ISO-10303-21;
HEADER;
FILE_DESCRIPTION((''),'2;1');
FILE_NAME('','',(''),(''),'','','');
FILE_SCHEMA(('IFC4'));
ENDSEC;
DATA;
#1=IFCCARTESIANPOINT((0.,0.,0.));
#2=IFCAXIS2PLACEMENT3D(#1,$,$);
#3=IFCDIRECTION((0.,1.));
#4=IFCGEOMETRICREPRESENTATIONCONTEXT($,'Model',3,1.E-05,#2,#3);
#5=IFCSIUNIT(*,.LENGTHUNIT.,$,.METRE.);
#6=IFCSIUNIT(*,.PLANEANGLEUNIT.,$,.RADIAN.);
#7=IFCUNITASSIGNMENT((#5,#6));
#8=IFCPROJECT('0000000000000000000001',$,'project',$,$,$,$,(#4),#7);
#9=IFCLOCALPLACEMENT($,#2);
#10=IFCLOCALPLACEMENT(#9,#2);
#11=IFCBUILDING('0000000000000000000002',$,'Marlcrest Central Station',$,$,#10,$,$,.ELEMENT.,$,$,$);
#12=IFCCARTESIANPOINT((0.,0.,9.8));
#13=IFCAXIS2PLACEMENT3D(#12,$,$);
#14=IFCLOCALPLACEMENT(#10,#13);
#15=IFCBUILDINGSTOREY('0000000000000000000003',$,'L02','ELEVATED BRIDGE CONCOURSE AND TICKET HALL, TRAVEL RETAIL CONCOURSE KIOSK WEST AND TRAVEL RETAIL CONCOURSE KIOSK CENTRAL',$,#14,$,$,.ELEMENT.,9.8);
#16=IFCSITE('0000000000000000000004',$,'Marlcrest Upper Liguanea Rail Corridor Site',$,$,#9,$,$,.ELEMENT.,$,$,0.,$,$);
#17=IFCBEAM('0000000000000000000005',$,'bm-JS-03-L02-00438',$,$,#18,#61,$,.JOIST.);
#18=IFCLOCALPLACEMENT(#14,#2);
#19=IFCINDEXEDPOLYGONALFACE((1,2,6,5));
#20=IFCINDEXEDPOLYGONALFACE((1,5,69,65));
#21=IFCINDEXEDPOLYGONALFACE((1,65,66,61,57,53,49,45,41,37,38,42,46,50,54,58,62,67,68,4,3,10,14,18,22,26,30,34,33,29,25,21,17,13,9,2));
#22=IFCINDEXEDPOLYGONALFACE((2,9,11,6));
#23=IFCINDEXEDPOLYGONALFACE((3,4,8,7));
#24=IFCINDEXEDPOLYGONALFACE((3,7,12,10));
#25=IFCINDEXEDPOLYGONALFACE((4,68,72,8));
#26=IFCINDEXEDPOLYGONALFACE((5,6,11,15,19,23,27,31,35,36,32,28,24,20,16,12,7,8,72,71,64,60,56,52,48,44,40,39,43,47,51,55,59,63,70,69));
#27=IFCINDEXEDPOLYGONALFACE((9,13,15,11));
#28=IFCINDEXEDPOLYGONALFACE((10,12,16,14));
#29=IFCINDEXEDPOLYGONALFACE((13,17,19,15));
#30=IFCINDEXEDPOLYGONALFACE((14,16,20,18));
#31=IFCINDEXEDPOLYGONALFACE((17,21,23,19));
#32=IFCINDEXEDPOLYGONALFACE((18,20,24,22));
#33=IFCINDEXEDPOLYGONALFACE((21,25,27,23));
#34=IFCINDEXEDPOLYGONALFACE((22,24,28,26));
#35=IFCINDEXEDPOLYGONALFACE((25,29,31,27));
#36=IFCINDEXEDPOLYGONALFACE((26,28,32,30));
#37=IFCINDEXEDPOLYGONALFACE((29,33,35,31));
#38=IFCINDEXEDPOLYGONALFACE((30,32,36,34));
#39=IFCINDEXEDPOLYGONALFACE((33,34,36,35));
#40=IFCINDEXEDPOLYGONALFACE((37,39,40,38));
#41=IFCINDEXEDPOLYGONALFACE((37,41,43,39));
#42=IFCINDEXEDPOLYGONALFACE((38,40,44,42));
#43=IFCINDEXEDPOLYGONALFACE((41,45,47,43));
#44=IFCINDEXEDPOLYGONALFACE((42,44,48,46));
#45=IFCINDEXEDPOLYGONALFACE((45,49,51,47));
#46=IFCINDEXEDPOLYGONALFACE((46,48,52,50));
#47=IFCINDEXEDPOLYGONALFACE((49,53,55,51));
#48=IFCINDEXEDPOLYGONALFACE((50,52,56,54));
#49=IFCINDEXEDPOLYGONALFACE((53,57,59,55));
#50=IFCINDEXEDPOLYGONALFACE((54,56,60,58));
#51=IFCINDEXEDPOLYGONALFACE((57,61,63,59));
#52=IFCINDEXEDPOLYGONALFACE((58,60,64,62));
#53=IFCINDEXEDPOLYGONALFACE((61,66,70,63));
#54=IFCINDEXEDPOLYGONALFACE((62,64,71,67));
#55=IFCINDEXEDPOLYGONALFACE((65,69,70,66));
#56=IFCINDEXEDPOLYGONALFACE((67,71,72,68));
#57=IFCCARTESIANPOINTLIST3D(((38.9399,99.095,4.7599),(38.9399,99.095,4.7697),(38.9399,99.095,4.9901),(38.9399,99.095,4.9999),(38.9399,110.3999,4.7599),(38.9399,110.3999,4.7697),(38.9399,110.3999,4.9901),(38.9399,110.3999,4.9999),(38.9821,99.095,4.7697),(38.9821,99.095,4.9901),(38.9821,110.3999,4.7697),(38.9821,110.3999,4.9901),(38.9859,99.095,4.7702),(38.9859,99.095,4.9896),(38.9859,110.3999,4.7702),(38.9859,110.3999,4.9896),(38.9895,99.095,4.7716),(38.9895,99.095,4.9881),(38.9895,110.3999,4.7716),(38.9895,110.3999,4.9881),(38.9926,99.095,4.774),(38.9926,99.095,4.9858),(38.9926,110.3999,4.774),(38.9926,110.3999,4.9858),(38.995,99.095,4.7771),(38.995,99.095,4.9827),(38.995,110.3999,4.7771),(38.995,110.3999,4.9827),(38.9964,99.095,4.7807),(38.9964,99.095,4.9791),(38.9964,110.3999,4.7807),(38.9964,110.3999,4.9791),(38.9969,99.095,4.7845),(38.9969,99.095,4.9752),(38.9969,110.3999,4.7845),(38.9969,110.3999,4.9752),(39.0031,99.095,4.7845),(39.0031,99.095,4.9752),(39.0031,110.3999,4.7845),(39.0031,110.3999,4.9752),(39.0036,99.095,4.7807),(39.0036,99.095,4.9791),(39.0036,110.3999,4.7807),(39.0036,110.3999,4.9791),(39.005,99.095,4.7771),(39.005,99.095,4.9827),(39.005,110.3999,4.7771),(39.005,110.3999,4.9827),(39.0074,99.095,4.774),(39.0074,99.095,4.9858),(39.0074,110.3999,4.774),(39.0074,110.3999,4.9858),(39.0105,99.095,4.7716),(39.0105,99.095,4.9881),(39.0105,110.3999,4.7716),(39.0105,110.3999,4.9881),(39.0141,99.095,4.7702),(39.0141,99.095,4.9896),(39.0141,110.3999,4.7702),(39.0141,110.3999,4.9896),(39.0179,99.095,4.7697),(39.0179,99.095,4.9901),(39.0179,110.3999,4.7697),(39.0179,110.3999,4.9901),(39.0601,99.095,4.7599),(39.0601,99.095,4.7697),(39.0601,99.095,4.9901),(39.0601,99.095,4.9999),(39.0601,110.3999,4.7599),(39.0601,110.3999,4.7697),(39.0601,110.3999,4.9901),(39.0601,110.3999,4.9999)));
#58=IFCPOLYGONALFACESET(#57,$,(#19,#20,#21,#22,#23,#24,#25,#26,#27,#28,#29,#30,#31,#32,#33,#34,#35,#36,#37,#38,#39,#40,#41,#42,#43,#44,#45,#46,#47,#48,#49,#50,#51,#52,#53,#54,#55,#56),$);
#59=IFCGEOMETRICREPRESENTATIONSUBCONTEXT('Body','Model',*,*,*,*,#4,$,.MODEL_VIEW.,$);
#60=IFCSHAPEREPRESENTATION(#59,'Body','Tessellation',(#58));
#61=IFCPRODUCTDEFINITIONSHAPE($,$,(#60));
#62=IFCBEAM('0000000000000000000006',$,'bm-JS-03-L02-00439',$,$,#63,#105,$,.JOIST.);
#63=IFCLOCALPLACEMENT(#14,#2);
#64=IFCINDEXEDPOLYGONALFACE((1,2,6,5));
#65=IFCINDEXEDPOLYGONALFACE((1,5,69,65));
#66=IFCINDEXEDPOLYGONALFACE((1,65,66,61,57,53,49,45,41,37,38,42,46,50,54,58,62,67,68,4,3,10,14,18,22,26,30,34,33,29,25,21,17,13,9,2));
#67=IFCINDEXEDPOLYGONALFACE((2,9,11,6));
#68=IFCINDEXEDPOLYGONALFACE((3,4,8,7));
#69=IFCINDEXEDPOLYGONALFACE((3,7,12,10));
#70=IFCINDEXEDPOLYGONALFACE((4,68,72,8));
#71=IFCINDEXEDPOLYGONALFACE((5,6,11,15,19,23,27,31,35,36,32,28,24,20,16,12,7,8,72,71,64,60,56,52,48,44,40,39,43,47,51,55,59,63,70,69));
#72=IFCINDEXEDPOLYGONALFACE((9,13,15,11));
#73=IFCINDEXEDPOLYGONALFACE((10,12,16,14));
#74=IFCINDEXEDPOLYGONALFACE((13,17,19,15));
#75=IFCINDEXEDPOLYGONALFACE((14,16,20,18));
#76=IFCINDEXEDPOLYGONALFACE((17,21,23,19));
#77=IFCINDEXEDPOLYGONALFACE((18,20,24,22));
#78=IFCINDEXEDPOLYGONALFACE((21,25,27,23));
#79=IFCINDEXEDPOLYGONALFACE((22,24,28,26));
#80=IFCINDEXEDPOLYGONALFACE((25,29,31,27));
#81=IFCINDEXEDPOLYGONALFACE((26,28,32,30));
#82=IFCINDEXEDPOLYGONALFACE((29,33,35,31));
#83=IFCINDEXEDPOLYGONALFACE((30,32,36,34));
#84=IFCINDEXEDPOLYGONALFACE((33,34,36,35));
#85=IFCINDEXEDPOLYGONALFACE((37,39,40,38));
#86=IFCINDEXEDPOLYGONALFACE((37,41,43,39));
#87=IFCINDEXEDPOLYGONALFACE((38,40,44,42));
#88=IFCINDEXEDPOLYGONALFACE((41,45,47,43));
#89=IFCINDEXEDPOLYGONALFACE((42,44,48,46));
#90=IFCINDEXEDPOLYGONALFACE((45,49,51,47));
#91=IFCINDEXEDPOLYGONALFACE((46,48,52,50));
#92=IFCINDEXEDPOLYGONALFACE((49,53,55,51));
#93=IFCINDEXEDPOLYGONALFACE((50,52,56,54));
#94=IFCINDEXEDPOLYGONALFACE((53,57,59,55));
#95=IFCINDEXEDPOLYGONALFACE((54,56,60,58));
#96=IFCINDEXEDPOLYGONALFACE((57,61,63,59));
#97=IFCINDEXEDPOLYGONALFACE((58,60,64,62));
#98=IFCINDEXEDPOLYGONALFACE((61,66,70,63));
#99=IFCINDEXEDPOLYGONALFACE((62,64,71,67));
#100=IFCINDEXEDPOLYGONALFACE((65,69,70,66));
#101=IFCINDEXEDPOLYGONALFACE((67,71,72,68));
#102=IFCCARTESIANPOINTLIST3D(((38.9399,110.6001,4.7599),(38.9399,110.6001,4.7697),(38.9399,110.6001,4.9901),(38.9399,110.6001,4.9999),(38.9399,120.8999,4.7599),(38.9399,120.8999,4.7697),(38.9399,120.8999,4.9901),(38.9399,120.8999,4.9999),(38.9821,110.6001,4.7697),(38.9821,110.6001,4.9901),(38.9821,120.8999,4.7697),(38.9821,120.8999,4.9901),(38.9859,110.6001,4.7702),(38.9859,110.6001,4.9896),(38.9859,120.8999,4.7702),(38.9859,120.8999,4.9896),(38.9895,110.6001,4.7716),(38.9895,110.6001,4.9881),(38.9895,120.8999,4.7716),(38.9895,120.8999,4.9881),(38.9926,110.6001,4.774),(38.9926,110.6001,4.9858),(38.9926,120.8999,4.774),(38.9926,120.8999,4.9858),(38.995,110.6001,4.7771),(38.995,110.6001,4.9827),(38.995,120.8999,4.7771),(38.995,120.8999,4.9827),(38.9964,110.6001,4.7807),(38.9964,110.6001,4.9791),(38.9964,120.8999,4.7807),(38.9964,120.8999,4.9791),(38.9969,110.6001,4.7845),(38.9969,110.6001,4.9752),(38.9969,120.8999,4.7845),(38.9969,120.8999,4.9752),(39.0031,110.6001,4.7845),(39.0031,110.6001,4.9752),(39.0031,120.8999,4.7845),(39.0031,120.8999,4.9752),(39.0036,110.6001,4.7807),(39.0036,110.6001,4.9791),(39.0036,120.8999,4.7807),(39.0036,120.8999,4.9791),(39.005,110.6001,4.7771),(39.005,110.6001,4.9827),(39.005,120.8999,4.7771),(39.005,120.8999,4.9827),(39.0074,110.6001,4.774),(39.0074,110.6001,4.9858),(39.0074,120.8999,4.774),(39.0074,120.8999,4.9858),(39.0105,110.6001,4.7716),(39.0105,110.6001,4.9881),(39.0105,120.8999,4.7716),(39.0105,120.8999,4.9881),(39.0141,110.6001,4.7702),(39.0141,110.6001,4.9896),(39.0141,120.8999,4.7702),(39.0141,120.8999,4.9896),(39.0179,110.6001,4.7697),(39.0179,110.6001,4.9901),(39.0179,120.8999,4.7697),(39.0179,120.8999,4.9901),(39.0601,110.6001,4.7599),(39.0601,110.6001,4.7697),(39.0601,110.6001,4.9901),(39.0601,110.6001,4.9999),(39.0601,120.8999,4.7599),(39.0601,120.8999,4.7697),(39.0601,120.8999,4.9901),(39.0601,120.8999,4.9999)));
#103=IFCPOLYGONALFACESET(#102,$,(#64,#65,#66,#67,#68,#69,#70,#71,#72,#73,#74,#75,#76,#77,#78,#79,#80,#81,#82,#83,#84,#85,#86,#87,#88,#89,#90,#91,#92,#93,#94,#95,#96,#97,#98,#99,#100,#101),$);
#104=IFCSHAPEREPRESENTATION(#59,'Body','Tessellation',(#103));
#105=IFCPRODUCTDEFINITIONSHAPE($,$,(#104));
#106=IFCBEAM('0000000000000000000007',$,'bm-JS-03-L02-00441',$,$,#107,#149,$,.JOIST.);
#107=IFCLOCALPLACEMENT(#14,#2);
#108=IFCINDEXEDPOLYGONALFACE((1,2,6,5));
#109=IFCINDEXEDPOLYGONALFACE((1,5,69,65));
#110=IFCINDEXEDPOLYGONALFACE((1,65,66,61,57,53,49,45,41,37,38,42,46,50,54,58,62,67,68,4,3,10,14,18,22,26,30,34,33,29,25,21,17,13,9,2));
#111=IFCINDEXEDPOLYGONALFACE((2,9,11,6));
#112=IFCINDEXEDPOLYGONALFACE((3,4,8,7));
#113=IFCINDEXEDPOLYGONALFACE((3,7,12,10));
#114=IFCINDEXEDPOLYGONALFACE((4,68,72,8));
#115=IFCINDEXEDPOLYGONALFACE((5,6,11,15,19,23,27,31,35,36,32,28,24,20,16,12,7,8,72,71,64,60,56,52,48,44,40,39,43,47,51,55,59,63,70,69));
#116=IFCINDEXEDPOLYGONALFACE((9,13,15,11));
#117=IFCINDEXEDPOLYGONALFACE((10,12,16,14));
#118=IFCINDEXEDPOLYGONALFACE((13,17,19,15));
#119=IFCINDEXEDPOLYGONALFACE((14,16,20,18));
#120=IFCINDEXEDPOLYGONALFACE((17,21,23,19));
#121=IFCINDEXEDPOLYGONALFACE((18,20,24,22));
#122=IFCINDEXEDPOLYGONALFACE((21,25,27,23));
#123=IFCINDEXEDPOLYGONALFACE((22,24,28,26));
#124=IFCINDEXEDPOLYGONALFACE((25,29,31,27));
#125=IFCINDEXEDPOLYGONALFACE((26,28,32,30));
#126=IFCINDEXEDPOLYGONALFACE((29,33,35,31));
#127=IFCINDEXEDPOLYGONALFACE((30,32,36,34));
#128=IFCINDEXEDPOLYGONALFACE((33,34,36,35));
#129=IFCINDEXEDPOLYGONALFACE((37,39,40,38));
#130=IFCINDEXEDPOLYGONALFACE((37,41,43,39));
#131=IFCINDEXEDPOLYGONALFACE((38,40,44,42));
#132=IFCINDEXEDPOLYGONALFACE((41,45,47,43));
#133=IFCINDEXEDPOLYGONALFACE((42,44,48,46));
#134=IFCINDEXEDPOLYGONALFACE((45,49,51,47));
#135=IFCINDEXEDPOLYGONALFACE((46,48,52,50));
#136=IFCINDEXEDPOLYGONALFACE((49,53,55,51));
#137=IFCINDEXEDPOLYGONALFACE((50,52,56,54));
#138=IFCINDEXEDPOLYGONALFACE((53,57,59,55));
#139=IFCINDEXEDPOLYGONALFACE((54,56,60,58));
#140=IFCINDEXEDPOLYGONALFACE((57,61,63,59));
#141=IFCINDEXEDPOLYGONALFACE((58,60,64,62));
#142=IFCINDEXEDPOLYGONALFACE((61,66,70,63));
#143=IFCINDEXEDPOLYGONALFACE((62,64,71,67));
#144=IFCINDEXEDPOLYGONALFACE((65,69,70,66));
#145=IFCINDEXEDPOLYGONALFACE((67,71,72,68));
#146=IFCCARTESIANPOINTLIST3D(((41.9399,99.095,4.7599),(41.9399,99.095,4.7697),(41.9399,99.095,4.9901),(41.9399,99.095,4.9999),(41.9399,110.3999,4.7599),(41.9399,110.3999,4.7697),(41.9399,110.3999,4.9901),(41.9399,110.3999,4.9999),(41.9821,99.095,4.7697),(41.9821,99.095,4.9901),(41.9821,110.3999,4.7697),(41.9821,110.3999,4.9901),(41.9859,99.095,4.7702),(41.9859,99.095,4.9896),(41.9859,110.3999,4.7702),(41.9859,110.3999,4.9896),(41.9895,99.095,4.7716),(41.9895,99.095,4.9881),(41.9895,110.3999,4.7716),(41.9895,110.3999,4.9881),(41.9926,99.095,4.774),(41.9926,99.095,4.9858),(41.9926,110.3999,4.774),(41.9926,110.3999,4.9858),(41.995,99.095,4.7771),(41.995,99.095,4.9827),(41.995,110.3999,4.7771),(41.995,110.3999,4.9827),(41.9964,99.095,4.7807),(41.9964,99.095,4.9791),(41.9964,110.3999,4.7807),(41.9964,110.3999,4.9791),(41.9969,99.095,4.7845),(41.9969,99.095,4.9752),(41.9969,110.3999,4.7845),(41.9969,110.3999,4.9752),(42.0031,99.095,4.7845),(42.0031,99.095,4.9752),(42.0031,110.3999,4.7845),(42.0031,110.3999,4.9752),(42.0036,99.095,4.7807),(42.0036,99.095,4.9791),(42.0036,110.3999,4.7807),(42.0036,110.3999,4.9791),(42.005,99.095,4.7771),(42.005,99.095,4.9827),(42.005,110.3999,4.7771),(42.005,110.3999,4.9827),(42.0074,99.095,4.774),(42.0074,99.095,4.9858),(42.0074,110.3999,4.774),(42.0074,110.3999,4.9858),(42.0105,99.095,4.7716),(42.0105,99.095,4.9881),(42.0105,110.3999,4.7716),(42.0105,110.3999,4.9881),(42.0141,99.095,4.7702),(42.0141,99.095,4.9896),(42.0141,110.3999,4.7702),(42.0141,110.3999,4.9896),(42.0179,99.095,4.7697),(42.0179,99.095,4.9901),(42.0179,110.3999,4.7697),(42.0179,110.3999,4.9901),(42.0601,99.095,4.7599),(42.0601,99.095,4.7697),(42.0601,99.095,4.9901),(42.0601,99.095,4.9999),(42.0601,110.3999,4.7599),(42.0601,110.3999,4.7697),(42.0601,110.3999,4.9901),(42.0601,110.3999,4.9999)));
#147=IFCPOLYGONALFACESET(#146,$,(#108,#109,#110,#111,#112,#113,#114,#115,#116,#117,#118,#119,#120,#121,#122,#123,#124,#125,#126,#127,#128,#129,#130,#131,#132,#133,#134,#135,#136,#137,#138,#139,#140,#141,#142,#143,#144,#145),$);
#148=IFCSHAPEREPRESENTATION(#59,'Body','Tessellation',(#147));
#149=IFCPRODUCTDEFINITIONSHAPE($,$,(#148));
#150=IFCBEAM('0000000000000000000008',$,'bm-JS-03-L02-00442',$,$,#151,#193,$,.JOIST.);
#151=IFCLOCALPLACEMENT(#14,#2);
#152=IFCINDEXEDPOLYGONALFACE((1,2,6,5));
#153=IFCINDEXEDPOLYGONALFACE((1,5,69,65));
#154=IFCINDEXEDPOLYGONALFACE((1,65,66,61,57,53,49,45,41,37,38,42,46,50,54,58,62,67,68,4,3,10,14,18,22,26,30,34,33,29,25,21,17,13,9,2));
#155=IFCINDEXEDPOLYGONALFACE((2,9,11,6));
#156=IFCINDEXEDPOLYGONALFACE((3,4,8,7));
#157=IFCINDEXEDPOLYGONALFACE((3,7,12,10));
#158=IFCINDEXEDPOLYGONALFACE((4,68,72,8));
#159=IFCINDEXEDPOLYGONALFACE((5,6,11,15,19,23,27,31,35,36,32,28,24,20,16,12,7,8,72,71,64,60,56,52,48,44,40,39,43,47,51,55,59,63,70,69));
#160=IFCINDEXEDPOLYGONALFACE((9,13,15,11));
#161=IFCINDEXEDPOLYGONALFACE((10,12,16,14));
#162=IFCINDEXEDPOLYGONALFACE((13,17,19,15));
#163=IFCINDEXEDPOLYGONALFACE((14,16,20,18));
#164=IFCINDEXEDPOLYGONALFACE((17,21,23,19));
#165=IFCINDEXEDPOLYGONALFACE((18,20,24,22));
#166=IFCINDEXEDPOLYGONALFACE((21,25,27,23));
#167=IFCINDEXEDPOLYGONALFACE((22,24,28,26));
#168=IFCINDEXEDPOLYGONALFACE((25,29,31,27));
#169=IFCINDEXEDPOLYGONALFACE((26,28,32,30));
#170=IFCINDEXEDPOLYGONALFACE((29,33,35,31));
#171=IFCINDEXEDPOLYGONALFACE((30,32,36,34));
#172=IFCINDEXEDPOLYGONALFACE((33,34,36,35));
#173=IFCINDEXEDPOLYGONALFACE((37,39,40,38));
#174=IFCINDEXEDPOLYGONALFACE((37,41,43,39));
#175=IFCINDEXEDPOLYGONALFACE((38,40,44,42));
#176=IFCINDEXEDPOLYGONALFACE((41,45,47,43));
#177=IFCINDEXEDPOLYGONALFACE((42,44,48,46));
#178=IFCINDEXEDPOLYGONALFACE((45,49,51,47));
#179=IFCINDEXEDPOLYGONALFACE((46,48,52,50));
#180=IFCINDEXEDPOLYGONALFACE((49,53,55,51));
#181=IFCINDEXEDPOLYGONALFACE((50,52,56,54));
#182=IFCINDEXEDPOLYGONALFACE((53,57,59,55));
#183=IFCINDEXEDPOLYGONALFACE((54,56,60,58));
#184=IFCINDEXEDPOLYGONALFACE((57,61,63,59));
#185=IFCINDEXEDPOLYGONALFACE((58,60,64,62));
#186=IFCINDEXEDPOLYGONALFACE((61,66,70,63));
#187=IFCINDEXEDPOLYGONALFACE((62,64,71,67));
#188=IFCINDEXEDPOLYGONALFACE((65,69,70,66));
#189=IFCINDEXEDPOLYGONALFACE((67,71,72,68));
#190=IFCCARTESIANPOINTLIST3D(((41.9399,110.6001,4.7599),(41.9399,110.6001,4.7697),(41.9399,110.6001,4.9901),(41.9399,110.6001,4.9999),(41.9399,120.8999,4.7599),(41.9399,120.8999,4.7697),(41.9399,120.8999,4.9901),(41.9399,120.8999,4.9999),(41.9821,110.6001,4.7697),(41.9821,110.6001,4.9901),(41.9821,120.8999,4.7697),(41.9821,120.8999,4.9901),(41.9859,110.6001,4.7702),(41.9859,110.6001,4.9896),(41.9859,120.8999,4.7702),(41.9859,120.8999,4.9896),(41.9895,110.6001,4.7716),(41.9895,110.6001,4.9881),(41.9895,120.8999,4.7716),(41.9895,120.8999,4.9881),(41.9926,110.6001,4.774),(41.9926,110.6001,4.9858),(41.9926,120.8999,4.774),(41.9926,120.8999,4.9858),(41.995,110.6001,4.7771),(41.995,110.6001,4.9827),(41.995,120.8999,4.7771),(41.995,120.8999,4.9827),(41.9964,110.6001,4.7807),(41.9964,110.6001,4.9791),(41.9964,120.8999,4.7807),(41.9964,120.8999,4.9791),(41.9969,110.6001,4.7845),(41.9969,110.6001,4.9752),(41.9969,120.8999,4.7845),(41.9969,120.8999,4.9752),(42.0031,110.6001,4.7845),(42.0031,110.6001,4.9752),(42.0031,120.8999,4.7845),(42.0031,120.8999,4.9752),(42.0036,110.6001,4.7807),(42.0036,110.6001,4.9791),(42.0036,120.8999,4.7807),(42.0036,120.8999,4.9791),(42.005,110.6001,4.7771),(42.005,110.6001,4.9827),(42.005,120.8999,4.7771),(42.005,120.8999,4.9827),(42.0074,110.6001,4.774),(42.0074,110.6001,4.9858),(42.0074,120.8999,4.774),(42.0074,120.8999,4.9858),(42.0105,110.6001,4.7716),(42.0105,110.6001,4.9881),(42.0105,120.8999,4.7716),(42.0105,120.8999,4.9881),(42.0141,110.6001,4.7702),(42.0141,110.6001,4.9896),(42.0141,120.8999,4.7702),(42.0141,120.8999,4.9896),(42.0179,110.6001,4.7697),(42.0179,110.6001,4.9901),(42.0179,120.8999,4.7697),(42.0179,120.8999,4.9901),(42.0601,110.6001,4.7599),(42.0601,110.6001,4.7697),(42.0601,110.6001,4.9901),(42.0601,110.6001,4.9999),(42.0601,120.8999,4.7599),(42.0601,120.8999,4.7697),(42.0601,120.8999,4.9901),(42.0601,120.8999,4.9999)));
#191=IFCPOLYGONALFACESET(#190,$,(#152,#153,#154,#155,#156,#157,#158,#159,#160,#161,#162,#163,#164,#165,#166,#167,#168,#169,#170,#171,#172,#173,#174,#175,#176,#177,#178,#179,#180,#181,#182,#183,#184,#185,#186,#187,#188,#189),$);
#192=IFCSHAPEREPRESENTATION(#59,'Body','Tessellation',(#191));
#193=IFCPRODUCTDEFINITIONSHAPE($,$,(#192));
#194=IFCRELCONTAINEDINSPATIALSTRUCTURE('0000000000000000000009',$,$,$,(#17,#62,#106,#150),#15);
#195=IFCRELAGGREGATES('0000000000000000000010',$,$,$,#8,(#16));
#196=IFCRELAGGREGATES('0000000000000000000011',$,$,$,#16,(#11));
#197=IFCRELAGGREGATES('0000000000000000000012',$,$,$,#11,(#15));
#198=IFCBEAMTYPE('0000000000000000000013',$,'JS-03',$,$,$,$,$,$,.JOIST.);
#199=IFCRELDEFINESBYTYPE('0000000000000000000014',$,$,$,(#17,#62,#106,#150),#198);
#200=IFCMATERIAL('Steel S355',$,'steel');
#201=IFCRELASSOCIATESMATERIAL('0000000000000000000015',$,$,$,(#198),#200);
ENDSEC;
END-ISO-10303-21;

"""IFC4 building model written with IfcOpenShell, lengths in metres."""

from ifc_helpers import new_model, si_unit, direction, frame, origin, origin_2d, place, context, subcontext, project, spatial, i_section, extrude, material, material_profile, profile_set, type_object, element, save


model = new_model("IFC4")

# Units and contexts
model_context = context("Model", 3, precision=1e-05, world=origin(), true_north=direction((0.0, 1.0)))
body_context = subcontext(model_context, "Body", "Model", "MODEL_VIEW")
ifc_project = project(units=[si_unit("LENGTHUNIT", "METRE"), si_unit("PLANEANGLEUNIT", "RADIAN")], contexts=[model_context])

# Site, building, storey
site_placement = place(None, origin())
site = spatial("IfcSite", under=ifc_project, at=site_placement, Name="Marlcrest Upper Liguanea Rail Corridor Site", CompositionType="ELEMENT", RefElevation=0.0)
building_placement = place(site_placement, origin())
building = spatial("IfcBuilding", under=site, at=building_placement, Name="Marlcrest Central Station", CompositionType="ELEMENT")
storey_placement = place(building_placement, frame((0.0, 0.0, 9.8)))
storey = spatial("IfcBuildingStorey", under=building, at=storey_placement, Name="L02", Description="ELEVATED BRIDGE CONCOURSE AND TICKET HALL, TRAVEL RETAIL CONCOURSE KIOSK WEST AND TRAVEL RETAIL CONCOURSE KIOSK CENTRAL", CompositionType="ELEMENT", Elevation=9.8)

# Shared definitions
ifc_material_1 = material(Name="Steel S355", Category="steel")

# Beams
ifc_material_profile_1 = material_profile(ifc_material_1, i_section(OverallWidth=0.1201, OverallDepth=0.24, WebThickness=0.0061, FlangeThickness=0.0098, FilletRadius=0.0149, at=origin_2d()), Name="IPE 240")
ifc_profile_set_1 = profile_set([ifc_material_profile_1], Name="Steel S355")
beam_type_1 = type_object("IfcBeamType", Name="JS-03", PredefinedType="JOIST", material=ifc_profile_set_1)
beam_1_placement = place(storey_placement, frame((39.0, 99.095, 4.8799), z_axis=(0.0, 1.0, 0.0), x_axis=(-1.0, 0.0, 0.0)))
element("IfcBeam", 1, at=beam_1_placement, inside=storey, type_object=beam_type_1, Name="bm-JS-03-L02-00438", PredefinedType="JOIST", context=body_context, shape_type="SweptSolid", body=[
    extrude(i_section(OverallWidth=0.1201, OverallDepth=0.24, WebThickness=0.0061, FlangeThickness=0.0098, FilletRadius=0.0149, at=origin_2d()), origin(), (0.0, 0.0, 1.0), 11.3049),
])
beam_2_placement = place(storey_placement, frame((39.0, 110.6001, 4.8799), z_axis=(0.0, 1.0, 0.0), x_axis=(-1.0, 0.0, 0.0)))
element("IfcBeam", 2, at=beam_2_placement, inside=storey, type_object=beam_type_1, Name="bm-JS-03-L02-00439", PredefinedType="JOIST", context=body_context, shape_type="SweptSolid", body=[
    extrude(i_section(OverallWidth=0.1201, OverallDepth=0.24, WebThickness=0.0061, FlangeThickness=0.0098, FilletRadius=0.0149, at=origin_2d()), origin(), (0.0, 0.0, 1.0), 10.2998),
])
beam_3_placement = place(storey_placement, frame((42.0, 99.095, 4.8799), z_axis=(0.0, 1.0, 0.0), x_axis=(-1.0, 0.0, 0.0)))
element("IfcBeam", 3, at=beam_3_placement, inside=storey, type_object=beam_type_1, Name="bm-JS-03-L02-00441", PredefinedType="JOIST", context=body_context, shape_type="SweptSolid", body=[
    extrude(i_section(OverallWidth=0.1201, OverallDepth=0.24, WebThickness=0.0061, FlangeThickness=0.0098, FilletRadius=0.0149, at=origin_2d()), origin(), (0.0, 0.0, 1.0), 11.3049),
])
beam_4_placement = place(storey_placement, frame((42.0, 110.6001, 4.8799), z_axis=(0.0, 1.0, 0.0), x_axis=(-1.0, 0.0, 0.0)))
element("IfcBeam", 4, at=beam_4_placement, inside=storey, type_object=beam_type_1, Name="bm-JS-03-L02-00442", PredefinedType="JOIST", context=body_context, shape_type="SweptSolid", body=[
    extrude(i_section(OverallWidth=0.1201, OverallDepth=0.24, WebThickness=0.0061, FlangeThickness=0.0098, FilletRadius=0.0149, at=origin_2d()), origin(), (0.0, 0.0, 1.0), 10.2998),
])

save(model, "model.ifc")
